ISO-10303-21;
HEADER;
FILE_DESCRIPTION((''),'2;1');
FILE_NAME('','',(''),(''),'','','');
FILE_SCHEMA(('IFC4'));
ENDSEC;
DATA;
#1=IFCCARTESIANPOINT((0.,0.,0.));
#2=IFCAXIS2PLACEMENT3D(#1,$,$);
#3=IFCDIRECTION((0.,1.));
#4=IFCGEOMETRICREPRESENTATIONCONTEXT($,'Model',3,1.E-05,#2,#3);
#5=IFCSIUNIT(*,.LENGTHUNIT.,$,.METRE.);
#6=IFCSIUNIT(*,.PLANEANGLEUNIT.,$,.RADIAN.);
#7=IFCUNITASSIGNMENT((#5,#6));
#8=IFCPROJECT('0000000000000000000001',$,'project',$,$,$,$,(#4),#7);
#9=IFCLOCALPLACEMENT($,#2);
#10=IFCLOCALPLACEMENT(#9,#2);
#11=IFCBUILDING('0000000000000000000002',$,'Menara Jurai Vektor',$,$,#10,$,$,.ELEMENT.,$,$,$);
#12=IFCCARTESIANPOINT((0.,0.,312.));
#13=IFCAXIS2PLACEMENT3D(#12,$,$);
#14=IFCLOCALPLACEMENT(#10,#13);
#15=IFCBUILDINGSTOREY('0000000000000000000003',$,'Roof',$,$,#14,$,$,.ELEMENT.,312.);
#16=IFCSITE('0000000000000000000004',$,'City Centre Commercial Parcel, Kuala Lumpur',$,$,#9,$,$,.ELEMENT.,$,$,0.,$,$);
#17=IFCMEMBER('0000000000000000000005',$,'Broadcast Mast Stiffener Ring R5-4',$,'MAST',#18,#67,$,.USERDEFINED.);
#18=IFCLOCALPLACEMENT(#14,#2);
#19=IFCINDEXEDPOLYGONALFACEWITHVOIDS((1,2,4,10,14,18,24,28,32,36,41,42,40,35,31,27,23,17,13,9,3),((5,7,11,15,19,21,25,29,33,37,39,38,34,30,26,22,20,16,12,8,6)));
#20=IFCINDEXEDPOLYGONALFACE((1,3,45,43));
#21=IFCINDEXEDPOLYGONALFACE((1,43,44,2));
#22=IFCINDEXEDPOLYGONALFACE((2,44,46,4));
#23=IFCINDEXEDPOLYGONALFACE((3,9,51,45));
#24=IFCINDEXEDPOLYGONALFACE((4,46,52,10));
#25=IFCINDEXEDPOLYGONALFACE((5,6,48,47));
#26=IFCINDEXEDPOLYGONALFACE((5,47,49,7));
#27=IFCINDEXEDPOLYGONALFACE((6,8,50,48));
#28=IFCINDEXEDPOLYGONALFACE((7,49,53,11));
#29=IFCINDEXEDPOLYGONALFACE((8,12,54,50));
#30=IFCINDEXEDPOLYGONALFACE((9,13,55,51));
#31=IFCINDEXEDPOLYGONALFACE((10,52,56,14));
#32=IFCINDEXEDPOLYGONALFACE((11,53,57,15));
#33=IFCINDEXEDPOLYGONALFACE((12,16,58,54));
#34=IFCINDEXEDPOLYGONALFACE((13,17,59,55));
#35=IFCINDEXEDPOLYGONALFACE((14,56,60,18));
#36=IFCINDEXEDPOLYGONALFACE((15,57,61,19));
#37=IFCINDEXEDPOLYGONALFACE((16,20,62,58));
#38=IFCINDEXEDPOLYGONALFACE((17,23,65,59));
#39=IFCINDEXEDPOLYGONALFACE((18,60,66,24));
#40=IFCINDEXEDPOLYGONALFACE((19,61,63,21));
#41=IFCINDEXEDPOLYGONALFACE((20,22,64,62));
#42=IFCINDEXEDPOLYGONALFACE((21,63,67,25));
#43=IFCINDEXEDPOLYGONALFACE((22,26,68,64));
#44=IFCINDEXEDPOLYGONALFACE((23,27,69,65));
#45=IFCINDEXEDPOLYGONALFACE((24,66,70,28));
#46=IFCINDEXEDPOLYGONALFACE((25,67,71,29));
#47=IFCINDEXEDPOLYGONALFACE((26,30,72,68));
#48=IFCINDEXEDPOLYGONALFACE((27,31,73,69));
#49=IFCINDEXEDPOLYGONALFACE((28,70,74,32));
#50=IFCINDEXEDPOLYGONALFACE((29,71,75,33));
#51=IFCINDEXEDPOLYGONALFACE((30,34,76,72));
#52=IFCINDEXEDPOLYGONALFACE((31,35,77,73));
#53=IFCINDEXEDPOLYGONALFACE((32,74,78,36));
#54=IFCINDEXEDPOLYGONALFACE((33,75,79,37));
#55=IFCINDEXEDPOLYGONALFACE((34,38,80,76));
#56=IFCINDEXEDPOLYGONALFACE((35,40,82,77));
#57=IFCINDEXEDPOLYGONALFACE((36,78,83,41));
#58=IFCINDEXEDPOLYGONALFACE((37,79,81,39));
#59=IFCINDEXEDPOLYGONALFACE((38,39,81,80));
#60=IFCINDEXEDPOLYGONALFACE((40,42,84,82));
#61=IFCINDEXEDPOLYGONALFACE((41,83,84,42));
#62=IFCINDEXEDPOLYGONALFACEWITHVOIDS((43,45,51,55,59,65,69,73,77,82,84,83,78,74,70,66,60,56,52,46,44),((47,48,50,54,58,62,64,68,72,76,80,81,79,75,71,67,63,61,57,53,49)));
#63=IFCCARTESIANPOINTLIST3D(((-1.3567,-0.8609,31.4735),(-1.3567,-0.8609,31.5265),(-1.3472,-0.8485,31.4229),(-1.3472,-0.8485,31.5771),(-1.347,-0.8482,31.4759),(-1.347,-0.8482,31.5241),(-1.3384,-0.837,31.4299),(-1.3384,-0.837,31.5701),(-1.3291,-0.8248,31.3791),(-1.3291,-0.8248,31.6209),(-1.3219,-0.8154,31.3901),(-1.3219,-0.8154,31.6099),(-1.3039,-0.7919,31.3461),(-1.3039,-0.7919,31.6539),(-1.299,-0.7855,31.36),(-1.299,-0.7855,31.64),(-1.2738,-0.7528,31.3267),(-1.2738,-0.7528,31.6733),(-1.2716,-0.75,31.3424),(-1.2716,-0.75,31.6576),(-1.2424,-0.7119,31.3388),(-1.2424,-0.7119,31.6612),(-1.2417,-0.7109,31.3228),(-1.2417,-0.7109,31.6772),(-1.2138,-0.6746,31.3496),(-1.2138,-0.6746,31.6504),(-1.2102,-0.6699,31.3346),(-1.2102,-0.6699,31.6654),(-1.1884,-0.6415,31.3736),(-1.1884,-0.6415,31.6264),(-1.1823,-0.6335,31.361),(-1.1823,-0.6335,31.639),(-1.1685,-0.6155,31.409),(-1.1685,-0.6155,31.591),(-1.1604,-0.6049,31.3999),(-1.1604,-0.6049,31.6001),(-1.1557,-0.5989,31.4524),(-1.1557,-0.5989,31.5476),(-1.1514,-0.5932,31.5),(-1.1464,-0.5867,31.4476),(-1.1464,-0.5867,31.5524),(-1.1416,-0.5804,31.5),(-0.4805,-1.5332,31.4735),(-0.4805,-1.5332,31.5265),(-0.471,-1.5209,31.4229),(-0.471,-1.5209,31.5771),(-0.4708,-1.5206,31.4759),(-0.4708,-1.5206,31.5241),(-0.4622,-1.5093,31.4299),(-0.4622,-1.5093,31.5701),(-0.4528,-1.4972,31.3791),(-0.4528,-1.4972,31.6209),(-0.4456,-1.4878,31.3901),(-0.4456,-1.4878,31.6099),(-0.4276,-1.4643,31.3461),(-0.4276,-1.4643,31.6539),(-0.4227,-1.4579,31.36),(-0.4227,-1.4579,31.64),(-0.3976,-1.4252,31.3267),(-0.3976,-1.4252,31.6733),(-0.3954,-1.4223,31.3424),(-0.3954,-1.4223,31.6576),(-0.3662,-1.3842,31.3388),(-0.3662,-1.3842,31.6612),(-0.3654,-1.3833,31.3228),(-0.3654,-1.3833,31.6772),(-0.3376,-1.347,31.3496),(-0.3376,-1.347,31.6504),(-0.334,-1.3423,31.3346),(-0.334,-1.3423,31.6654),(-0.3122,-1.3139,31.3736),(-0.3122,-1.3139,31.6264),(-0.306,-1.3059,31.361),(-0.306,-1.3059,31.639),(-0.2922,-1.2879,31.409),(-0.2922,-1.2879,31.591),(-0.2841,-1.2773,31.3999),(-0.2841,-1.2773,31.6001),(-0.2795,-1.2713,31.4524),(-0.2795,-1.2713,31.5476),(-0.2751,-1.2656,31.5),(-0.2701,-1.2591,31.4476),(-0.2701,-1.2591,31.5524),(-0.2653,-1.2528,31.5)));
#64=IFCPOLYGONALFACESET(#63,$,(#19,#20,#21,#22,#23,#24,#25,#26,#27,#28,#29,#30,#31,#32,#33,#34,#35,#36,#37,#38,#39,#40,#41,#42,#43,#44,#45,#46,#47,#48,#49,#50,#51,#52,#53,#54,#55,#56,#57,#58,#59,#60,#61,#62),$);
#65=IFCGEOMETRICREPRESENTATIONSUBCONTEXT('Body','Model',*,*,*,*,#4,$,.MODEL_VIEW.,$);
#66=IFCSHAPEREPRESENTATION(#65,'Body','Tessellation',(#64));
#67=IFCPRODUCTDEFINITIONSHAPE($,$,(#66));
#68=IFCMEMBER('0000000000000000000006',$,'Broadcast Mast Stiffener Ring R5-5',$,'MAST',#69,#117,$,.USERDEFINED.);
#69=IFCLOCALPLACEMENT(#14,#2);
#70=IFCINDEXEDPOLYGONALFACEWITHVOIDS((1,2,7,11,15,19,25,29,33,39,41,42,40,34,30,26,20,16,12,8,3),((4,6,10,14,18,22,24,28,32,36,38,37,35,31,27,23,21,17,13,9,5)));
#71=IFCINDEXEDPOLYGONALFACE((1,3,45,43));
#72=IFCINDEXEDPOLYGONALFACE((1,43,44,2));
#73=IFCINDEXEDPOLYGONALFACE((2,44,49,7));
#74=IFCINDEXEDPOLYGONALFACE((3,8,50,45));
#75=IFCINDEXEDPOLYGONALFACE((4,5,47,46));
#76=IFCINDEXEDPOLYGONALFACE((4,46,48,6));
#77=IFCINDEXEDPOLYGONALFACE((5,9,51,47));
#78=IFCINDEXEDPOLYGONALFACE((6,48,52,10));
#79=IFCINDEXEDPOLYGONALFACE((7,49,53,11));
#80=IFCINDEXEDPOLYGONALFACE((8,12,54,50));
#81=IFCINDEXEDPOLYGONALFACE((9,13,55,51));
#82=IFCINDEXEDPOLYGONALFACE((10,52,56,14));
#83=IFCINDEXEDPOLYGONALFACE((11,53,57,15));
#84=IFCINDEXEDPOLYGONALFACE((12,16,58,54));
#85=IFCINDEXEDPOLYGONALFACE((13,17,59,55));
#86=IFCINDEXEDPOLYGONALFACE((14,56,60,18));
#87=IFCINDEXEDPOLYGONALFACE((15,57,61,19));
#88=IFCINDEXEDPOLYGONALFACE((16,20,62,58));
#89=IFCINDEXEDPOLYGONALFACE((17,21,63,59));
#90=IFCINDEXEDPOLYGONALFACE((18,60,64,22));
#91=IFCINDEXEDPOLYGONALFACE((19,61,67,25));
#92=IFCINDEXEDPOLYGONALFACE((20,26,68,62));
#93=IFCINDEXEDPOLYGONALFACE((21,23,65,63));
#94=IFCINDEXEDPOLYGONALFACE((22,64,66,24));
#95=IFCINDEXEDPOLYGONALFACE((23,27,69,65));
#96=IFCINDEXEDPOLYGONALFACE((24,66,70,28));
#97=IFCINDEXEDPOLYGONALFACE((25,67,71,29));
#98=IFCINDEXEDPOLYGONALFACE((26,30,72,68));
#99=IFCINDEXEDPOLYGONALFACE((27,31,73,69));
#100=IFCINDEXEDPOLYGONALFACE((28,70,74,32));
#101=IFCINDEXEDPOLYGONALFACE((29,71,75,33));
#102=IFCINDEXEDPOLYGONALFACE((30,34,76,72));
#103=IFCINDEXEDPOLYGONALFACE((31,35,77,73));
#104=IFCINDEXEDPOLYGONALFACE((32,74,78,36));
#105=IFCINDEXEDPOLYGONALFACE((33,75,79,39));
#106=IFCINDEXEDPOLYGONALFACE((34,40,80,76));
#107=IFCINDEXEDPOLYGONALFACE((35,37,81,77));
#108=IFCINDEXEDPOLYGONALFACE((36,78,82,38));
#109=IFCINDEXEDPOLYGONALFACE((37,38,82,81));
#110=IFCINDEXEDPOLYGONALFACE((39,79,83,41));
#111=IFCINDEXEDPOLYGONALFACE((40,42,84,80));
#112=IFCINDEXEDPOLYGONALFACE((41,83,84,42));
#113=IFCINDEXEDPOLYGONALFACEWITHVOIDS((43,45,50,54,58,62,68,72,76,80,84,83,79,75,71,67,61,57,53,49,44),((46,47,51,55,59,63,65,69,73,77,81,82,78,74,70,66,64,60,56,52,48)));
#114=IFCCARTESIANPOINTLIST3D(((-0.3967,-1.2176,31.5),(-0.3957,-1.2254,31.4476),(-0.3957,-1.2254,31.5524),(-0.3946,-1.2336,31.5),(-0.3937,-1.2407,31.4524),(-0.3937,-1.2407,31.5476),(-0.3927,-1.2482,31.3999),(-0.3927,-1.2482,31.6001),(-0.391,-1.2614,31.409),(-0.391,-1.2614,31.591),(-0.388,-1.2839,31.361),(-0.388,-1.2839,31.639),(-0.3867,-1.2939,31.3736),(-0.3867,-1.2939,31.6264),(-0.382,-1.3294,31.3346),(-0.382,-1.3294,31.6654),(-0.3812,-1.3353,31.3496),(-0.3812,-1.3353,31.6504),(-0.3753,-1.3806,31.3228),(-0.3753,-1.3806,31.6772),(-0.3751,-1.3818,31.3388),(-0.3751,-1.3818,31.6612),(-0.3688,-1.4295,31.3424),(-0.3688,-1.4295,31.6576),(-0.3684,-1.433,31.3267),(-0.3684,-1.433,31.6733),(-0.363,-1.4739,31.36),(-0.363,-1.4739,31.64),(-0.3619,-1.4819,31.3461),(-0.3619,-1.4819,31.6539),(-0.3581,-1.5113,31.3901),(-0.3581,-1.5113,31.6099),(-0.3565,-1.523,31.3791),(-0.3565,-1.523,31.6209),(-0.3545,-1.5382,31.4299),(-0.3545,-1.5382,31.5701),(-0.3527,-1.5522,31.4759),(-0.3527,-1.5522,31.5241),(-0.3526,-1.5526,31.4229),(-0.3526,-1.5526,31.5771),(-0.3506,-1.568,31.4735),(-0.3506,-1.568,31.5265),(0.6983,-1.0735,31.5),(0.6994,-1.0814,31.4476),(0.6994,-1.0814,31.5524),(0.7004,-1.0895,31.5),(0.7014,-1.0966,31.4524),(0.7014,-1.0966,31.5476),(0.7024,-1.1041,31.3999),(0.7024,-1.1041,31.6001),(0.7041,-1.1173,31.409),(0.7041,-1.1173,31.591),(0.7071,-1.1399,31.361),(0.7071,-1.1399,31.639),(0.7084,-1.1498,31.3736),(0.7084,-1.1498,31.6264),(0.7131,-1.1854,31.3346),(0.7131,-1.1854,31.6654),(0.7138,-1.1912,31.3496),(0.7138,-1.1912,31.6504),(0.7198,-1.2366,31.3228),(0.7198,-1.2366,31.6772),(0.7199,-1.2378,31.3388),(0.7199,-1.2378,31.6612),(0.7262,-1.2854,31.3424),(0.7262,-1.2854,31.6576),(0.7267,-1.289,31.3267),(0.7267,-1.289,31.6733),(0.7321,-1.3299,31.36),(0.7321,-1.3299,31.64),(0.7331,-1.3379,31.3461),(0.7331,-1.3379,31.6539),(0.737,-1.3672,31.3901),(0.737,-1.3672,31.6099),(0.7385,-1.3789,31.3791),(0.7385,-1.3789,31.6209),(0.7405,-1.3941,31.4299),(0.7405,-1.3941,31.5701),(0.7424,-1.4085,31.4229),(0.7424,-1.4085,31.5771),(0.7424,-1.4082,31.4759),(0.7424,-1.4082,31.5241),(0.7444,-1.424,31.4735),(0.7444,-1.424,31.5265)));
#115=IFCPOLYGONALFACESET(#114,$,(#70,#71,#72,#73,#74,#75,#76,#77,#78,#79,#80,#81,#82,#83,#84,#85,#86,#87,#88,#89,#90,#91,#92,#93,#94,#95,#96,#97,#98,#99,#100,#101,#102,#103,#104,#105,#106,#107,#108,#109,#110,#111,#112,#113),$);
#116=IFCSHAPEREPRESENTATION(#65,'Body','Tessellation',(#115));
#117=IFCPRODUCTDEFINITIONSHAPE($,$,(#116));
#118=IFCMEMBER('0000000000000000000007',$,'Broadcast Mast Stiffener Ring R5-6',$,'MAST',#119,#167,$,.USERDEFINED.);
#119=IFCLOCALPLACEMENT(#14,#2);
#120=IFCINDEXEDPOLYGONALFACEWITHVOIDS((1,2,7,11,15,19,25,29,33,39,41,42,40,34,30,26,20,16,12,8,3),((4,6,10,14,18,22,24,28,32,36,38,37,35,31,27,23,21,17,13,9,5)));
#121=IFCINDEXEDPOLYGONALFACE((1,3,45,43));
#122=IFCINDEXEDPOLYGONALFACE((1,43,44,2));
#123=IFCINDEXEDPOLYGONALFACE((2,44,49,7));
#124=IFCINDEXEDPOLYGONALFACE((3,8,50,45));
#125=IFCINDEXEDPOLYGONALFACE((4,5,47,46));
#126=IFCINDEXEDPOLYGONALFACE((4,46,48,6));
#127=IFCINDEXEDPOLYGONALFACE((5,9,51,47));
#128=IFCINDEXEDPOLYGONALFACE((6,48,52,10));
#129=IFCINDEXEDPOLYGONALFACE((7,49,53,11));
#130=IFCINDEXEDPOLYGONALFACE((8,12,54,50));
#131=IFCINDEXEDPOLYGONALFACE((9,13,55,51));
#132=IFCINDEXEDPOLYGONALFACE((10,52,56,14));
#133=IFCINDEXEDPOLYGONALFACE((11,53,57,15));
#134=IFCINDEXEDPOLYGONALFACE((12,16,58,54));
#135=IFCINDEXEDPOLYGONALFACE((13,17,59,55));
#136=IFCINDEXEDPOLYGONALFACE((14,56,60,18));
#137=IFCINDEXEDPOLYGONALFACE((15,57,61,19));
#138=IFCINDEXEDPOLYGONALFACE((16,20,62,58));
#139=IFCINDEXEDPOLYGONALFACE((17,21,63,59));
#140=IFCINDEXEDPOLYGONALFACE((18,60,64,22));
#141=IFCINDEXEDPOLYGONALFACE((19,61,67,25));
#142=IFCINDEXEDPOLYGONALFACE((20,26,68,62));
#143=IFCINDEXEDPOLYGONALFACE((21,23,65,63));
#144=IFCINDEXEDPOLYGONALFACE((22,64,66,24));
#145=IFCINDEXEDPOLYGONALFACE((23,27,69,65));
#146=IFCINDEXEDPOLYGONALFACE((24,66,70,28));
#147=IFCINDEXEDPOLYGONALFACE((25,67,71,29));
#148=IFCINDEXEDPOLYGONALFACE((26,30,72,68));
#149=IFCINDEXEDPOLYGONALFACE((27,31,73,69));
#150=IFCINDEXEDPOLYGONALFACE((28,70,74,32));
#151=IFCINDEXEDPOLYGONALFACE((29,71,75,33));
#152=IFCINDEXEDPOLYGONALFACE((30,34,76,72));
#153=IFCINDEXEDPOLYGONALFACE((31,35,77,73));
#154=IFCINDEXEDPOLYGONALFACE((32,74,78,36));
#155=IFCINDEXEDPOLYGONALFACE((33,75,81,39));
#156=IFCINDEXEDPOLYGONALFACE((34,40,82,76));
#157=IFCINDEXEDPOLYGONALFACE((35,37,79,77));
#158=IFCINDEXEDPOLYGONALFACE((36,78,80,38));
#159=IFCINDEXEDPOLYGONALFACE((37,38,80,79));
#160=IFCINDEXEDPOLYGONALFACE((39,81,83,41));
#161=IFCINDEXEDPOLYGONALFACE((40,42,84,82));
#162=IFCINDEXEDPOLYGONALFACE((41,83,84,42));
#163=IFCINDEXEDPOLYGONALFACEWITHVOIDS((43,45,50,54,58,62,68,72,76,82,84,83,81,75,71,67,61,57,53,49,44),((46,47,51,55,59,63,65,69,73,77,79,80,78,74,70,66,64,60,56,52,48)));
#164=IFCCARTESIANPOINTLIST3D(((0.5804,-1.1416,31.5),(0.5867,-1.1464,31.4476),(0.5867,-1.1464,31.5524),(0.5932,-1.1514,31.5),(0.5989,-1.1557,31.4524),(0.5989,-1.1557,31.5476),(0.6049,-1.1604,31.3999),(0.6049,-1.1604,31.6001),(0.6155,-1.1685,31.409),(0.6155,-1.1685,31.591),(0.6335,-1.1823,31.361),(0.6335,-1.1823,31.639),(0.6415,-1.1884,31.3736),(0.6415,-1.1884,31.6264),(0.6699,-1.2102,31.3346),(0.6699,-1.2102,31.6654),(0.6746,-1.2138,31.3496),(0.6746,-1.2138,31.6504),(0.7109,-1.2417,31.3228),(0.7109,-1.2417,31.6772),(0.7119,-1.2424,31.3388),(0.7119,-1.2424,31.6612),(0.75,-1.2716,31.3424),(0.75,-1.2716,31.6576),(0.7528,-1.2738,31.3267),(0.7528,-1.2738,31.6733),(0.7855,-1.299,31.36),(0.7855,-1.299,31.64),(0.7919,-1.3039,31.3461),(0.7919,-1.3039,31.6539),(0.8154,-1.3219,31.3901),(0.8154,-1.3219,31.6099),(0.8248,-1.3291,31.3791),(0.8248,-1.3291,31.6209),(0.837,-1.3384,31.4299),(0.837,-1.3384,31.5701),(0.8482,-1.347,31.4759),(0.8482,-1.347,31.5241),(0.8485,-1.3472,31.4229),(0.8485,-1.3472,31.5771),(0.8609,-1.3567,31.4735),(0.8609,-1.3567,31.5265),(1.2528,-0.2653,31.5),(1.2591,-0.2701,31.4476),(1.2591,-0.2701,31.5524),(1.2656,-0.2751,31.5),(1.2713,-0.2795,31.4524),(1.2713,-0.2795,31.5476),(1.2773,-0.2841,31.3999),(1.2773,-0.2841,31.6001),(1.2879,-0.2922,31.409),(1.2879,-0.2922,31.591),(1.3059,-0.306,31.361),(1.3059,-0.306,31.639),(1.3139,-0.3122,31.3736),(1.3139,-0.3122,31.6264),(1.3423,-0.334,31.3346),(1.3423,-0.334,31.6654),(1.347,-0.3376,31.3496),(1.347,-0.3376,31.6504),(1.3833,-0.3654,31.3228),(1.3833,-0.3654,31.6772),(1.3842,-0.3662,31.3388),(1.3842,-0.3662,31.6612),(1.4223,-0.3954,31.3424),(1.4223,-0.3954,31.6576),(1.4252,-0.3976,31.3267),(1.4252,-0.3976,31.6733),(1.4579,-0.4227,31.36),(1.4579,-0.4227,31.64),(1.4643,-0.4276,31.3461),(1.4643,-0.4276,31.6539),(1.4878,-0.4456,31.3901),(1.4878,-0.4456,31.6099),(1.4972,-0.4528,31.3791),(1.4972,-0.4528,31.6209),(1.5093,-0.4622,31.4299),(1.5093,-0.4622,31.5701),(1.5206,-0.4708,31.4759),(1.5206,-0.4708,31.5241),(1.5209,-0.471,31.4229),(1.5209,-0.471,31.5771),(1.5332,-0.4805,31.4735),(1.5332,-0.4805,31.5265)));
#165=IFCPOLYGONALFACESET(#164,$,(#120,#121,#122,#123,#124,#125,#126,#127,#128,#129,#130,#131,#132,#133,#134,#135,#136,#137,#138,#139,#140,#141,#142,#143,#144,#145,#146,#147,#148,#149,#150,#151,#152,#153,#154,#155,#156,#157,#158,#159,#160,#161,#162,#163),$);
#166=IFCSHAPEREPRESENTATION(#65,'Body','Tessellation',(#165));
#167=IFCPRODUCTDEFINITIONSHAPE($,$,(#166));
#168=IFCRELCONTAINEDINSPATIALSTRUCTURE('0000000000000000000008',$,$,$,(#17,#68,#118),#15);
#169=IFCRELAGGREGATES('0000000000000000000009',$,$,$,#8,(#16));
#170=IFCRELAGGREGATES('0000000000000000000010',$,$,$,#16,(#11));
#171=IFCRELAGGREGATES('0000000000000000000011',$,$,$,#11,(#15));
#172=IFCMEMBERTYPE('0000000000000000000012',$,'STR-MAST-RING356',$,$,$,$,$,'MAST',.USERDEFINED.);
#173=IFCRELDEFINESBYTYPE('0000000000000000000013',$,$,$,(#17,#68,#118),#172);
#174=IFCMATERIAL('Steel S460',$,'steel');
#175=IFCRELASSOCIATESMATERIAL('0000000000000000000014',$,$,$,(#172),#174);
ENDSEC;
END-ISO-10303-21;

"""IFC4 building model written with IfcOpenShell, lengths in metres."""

from ifc_helpers import new_model, si_unit, direction, frame, origin, origin_2d, place, context, subcontext, project, spatial, hollow_circle, extrude, material, material_profile, profile_set, type_object, element, save


model = new_model("IFC4")

# Units and contexts
model_context = context("Model", 3, precision=1e-05, world=origin(), true_north=direction((0.0, 1.0)))
body_context = subcontext(model_context, "Body", "Model", "MODEL_VIEW")
ifc_project = project(units=[si_unit("LENGTHUNIT", "METRE"), si_unit("PLANEANGLEUNIT", "RADIAN")], contexts=[model_context])

# Site, building, storey
site_placement = place(None, origin())
site = spatial("IfcSite", under=ifc_project, at=site_placement, Name="City Centre Commercial Parcel, Kuala Lumpur", CompositionType="ELEMENT", RefElevation=0.0)
building_placement = place(site_placement, origin())
building = spatial("IfcBuilding", under=site, at=building_placement, Name="Menara Jurai Vektor", CompositionType="ELEMENT")
storey_placement = place(building_placement, frame((0.0, 0.0, 312.0)))
storey = spatial("IfcBuildingStorey", under=building, at=storey_placement, Name="Roof", CompositionType="ELEMENT", Elevation=312.0)

# Members
ifc_material = material(Name="Steel S460", Category="steel")
ifc_material_profile_1 = material_profile(ifc_material, hollow_circle(Radius=0.1777, WallThickness=0.0161, at=origin_2d()), Name="CHS 355.6x16")
ifc_profile_set_1 = profile_set([ifc_material_profile_1], Name="Steel S460")
member_type_1 = type_object("IfcMemberType", Name="STR-MAST-RING356", ElementType="MAST", PredefinedType="USERDEFINED", material=ifc_profile_set_1)
for number, where, z_axis, x_axis, name in (
    (1, (-1.2498, -0.7214, 31.5), (0.793347, -0.60877, 0.0), (0.60877, 0.793347, 0.0), "Broadcast Mast Stiffener Ring R5-4"),
    (2, (-0.3735, -1.3938, 31.5), (0.991458, 0.130426, 0.0), (-0.130426, 0.991458, 0.0), "Broadcast Mast Stiffener Ring R5-5"),
    (3, (0.7214, -1.2498, 31.5), (0.60877, 0.793347, 0.0), (-0.793347, 0.60877, 0.0), "Broadcast Mast Stiffener Ring R5-6"),
):
    element("IfcMember", number, at=place(storey_placement, frame(where, z_axis=z_axis, x_axis=x_axis)), inside=storey, type_object=member_type_1, Name=name, ObjectType="MAST", PredefinedType="USERDEFINED", context=body_context, shape_type="SweptSolid", body=[
        extrude(hollow_circle(Radius=0.1777, WallThickness=0.0161, at=origin_2d()), origin(), (0.0, 0.0, 1.0), 1.1045),
    ])

save(model, "model.ifc")
